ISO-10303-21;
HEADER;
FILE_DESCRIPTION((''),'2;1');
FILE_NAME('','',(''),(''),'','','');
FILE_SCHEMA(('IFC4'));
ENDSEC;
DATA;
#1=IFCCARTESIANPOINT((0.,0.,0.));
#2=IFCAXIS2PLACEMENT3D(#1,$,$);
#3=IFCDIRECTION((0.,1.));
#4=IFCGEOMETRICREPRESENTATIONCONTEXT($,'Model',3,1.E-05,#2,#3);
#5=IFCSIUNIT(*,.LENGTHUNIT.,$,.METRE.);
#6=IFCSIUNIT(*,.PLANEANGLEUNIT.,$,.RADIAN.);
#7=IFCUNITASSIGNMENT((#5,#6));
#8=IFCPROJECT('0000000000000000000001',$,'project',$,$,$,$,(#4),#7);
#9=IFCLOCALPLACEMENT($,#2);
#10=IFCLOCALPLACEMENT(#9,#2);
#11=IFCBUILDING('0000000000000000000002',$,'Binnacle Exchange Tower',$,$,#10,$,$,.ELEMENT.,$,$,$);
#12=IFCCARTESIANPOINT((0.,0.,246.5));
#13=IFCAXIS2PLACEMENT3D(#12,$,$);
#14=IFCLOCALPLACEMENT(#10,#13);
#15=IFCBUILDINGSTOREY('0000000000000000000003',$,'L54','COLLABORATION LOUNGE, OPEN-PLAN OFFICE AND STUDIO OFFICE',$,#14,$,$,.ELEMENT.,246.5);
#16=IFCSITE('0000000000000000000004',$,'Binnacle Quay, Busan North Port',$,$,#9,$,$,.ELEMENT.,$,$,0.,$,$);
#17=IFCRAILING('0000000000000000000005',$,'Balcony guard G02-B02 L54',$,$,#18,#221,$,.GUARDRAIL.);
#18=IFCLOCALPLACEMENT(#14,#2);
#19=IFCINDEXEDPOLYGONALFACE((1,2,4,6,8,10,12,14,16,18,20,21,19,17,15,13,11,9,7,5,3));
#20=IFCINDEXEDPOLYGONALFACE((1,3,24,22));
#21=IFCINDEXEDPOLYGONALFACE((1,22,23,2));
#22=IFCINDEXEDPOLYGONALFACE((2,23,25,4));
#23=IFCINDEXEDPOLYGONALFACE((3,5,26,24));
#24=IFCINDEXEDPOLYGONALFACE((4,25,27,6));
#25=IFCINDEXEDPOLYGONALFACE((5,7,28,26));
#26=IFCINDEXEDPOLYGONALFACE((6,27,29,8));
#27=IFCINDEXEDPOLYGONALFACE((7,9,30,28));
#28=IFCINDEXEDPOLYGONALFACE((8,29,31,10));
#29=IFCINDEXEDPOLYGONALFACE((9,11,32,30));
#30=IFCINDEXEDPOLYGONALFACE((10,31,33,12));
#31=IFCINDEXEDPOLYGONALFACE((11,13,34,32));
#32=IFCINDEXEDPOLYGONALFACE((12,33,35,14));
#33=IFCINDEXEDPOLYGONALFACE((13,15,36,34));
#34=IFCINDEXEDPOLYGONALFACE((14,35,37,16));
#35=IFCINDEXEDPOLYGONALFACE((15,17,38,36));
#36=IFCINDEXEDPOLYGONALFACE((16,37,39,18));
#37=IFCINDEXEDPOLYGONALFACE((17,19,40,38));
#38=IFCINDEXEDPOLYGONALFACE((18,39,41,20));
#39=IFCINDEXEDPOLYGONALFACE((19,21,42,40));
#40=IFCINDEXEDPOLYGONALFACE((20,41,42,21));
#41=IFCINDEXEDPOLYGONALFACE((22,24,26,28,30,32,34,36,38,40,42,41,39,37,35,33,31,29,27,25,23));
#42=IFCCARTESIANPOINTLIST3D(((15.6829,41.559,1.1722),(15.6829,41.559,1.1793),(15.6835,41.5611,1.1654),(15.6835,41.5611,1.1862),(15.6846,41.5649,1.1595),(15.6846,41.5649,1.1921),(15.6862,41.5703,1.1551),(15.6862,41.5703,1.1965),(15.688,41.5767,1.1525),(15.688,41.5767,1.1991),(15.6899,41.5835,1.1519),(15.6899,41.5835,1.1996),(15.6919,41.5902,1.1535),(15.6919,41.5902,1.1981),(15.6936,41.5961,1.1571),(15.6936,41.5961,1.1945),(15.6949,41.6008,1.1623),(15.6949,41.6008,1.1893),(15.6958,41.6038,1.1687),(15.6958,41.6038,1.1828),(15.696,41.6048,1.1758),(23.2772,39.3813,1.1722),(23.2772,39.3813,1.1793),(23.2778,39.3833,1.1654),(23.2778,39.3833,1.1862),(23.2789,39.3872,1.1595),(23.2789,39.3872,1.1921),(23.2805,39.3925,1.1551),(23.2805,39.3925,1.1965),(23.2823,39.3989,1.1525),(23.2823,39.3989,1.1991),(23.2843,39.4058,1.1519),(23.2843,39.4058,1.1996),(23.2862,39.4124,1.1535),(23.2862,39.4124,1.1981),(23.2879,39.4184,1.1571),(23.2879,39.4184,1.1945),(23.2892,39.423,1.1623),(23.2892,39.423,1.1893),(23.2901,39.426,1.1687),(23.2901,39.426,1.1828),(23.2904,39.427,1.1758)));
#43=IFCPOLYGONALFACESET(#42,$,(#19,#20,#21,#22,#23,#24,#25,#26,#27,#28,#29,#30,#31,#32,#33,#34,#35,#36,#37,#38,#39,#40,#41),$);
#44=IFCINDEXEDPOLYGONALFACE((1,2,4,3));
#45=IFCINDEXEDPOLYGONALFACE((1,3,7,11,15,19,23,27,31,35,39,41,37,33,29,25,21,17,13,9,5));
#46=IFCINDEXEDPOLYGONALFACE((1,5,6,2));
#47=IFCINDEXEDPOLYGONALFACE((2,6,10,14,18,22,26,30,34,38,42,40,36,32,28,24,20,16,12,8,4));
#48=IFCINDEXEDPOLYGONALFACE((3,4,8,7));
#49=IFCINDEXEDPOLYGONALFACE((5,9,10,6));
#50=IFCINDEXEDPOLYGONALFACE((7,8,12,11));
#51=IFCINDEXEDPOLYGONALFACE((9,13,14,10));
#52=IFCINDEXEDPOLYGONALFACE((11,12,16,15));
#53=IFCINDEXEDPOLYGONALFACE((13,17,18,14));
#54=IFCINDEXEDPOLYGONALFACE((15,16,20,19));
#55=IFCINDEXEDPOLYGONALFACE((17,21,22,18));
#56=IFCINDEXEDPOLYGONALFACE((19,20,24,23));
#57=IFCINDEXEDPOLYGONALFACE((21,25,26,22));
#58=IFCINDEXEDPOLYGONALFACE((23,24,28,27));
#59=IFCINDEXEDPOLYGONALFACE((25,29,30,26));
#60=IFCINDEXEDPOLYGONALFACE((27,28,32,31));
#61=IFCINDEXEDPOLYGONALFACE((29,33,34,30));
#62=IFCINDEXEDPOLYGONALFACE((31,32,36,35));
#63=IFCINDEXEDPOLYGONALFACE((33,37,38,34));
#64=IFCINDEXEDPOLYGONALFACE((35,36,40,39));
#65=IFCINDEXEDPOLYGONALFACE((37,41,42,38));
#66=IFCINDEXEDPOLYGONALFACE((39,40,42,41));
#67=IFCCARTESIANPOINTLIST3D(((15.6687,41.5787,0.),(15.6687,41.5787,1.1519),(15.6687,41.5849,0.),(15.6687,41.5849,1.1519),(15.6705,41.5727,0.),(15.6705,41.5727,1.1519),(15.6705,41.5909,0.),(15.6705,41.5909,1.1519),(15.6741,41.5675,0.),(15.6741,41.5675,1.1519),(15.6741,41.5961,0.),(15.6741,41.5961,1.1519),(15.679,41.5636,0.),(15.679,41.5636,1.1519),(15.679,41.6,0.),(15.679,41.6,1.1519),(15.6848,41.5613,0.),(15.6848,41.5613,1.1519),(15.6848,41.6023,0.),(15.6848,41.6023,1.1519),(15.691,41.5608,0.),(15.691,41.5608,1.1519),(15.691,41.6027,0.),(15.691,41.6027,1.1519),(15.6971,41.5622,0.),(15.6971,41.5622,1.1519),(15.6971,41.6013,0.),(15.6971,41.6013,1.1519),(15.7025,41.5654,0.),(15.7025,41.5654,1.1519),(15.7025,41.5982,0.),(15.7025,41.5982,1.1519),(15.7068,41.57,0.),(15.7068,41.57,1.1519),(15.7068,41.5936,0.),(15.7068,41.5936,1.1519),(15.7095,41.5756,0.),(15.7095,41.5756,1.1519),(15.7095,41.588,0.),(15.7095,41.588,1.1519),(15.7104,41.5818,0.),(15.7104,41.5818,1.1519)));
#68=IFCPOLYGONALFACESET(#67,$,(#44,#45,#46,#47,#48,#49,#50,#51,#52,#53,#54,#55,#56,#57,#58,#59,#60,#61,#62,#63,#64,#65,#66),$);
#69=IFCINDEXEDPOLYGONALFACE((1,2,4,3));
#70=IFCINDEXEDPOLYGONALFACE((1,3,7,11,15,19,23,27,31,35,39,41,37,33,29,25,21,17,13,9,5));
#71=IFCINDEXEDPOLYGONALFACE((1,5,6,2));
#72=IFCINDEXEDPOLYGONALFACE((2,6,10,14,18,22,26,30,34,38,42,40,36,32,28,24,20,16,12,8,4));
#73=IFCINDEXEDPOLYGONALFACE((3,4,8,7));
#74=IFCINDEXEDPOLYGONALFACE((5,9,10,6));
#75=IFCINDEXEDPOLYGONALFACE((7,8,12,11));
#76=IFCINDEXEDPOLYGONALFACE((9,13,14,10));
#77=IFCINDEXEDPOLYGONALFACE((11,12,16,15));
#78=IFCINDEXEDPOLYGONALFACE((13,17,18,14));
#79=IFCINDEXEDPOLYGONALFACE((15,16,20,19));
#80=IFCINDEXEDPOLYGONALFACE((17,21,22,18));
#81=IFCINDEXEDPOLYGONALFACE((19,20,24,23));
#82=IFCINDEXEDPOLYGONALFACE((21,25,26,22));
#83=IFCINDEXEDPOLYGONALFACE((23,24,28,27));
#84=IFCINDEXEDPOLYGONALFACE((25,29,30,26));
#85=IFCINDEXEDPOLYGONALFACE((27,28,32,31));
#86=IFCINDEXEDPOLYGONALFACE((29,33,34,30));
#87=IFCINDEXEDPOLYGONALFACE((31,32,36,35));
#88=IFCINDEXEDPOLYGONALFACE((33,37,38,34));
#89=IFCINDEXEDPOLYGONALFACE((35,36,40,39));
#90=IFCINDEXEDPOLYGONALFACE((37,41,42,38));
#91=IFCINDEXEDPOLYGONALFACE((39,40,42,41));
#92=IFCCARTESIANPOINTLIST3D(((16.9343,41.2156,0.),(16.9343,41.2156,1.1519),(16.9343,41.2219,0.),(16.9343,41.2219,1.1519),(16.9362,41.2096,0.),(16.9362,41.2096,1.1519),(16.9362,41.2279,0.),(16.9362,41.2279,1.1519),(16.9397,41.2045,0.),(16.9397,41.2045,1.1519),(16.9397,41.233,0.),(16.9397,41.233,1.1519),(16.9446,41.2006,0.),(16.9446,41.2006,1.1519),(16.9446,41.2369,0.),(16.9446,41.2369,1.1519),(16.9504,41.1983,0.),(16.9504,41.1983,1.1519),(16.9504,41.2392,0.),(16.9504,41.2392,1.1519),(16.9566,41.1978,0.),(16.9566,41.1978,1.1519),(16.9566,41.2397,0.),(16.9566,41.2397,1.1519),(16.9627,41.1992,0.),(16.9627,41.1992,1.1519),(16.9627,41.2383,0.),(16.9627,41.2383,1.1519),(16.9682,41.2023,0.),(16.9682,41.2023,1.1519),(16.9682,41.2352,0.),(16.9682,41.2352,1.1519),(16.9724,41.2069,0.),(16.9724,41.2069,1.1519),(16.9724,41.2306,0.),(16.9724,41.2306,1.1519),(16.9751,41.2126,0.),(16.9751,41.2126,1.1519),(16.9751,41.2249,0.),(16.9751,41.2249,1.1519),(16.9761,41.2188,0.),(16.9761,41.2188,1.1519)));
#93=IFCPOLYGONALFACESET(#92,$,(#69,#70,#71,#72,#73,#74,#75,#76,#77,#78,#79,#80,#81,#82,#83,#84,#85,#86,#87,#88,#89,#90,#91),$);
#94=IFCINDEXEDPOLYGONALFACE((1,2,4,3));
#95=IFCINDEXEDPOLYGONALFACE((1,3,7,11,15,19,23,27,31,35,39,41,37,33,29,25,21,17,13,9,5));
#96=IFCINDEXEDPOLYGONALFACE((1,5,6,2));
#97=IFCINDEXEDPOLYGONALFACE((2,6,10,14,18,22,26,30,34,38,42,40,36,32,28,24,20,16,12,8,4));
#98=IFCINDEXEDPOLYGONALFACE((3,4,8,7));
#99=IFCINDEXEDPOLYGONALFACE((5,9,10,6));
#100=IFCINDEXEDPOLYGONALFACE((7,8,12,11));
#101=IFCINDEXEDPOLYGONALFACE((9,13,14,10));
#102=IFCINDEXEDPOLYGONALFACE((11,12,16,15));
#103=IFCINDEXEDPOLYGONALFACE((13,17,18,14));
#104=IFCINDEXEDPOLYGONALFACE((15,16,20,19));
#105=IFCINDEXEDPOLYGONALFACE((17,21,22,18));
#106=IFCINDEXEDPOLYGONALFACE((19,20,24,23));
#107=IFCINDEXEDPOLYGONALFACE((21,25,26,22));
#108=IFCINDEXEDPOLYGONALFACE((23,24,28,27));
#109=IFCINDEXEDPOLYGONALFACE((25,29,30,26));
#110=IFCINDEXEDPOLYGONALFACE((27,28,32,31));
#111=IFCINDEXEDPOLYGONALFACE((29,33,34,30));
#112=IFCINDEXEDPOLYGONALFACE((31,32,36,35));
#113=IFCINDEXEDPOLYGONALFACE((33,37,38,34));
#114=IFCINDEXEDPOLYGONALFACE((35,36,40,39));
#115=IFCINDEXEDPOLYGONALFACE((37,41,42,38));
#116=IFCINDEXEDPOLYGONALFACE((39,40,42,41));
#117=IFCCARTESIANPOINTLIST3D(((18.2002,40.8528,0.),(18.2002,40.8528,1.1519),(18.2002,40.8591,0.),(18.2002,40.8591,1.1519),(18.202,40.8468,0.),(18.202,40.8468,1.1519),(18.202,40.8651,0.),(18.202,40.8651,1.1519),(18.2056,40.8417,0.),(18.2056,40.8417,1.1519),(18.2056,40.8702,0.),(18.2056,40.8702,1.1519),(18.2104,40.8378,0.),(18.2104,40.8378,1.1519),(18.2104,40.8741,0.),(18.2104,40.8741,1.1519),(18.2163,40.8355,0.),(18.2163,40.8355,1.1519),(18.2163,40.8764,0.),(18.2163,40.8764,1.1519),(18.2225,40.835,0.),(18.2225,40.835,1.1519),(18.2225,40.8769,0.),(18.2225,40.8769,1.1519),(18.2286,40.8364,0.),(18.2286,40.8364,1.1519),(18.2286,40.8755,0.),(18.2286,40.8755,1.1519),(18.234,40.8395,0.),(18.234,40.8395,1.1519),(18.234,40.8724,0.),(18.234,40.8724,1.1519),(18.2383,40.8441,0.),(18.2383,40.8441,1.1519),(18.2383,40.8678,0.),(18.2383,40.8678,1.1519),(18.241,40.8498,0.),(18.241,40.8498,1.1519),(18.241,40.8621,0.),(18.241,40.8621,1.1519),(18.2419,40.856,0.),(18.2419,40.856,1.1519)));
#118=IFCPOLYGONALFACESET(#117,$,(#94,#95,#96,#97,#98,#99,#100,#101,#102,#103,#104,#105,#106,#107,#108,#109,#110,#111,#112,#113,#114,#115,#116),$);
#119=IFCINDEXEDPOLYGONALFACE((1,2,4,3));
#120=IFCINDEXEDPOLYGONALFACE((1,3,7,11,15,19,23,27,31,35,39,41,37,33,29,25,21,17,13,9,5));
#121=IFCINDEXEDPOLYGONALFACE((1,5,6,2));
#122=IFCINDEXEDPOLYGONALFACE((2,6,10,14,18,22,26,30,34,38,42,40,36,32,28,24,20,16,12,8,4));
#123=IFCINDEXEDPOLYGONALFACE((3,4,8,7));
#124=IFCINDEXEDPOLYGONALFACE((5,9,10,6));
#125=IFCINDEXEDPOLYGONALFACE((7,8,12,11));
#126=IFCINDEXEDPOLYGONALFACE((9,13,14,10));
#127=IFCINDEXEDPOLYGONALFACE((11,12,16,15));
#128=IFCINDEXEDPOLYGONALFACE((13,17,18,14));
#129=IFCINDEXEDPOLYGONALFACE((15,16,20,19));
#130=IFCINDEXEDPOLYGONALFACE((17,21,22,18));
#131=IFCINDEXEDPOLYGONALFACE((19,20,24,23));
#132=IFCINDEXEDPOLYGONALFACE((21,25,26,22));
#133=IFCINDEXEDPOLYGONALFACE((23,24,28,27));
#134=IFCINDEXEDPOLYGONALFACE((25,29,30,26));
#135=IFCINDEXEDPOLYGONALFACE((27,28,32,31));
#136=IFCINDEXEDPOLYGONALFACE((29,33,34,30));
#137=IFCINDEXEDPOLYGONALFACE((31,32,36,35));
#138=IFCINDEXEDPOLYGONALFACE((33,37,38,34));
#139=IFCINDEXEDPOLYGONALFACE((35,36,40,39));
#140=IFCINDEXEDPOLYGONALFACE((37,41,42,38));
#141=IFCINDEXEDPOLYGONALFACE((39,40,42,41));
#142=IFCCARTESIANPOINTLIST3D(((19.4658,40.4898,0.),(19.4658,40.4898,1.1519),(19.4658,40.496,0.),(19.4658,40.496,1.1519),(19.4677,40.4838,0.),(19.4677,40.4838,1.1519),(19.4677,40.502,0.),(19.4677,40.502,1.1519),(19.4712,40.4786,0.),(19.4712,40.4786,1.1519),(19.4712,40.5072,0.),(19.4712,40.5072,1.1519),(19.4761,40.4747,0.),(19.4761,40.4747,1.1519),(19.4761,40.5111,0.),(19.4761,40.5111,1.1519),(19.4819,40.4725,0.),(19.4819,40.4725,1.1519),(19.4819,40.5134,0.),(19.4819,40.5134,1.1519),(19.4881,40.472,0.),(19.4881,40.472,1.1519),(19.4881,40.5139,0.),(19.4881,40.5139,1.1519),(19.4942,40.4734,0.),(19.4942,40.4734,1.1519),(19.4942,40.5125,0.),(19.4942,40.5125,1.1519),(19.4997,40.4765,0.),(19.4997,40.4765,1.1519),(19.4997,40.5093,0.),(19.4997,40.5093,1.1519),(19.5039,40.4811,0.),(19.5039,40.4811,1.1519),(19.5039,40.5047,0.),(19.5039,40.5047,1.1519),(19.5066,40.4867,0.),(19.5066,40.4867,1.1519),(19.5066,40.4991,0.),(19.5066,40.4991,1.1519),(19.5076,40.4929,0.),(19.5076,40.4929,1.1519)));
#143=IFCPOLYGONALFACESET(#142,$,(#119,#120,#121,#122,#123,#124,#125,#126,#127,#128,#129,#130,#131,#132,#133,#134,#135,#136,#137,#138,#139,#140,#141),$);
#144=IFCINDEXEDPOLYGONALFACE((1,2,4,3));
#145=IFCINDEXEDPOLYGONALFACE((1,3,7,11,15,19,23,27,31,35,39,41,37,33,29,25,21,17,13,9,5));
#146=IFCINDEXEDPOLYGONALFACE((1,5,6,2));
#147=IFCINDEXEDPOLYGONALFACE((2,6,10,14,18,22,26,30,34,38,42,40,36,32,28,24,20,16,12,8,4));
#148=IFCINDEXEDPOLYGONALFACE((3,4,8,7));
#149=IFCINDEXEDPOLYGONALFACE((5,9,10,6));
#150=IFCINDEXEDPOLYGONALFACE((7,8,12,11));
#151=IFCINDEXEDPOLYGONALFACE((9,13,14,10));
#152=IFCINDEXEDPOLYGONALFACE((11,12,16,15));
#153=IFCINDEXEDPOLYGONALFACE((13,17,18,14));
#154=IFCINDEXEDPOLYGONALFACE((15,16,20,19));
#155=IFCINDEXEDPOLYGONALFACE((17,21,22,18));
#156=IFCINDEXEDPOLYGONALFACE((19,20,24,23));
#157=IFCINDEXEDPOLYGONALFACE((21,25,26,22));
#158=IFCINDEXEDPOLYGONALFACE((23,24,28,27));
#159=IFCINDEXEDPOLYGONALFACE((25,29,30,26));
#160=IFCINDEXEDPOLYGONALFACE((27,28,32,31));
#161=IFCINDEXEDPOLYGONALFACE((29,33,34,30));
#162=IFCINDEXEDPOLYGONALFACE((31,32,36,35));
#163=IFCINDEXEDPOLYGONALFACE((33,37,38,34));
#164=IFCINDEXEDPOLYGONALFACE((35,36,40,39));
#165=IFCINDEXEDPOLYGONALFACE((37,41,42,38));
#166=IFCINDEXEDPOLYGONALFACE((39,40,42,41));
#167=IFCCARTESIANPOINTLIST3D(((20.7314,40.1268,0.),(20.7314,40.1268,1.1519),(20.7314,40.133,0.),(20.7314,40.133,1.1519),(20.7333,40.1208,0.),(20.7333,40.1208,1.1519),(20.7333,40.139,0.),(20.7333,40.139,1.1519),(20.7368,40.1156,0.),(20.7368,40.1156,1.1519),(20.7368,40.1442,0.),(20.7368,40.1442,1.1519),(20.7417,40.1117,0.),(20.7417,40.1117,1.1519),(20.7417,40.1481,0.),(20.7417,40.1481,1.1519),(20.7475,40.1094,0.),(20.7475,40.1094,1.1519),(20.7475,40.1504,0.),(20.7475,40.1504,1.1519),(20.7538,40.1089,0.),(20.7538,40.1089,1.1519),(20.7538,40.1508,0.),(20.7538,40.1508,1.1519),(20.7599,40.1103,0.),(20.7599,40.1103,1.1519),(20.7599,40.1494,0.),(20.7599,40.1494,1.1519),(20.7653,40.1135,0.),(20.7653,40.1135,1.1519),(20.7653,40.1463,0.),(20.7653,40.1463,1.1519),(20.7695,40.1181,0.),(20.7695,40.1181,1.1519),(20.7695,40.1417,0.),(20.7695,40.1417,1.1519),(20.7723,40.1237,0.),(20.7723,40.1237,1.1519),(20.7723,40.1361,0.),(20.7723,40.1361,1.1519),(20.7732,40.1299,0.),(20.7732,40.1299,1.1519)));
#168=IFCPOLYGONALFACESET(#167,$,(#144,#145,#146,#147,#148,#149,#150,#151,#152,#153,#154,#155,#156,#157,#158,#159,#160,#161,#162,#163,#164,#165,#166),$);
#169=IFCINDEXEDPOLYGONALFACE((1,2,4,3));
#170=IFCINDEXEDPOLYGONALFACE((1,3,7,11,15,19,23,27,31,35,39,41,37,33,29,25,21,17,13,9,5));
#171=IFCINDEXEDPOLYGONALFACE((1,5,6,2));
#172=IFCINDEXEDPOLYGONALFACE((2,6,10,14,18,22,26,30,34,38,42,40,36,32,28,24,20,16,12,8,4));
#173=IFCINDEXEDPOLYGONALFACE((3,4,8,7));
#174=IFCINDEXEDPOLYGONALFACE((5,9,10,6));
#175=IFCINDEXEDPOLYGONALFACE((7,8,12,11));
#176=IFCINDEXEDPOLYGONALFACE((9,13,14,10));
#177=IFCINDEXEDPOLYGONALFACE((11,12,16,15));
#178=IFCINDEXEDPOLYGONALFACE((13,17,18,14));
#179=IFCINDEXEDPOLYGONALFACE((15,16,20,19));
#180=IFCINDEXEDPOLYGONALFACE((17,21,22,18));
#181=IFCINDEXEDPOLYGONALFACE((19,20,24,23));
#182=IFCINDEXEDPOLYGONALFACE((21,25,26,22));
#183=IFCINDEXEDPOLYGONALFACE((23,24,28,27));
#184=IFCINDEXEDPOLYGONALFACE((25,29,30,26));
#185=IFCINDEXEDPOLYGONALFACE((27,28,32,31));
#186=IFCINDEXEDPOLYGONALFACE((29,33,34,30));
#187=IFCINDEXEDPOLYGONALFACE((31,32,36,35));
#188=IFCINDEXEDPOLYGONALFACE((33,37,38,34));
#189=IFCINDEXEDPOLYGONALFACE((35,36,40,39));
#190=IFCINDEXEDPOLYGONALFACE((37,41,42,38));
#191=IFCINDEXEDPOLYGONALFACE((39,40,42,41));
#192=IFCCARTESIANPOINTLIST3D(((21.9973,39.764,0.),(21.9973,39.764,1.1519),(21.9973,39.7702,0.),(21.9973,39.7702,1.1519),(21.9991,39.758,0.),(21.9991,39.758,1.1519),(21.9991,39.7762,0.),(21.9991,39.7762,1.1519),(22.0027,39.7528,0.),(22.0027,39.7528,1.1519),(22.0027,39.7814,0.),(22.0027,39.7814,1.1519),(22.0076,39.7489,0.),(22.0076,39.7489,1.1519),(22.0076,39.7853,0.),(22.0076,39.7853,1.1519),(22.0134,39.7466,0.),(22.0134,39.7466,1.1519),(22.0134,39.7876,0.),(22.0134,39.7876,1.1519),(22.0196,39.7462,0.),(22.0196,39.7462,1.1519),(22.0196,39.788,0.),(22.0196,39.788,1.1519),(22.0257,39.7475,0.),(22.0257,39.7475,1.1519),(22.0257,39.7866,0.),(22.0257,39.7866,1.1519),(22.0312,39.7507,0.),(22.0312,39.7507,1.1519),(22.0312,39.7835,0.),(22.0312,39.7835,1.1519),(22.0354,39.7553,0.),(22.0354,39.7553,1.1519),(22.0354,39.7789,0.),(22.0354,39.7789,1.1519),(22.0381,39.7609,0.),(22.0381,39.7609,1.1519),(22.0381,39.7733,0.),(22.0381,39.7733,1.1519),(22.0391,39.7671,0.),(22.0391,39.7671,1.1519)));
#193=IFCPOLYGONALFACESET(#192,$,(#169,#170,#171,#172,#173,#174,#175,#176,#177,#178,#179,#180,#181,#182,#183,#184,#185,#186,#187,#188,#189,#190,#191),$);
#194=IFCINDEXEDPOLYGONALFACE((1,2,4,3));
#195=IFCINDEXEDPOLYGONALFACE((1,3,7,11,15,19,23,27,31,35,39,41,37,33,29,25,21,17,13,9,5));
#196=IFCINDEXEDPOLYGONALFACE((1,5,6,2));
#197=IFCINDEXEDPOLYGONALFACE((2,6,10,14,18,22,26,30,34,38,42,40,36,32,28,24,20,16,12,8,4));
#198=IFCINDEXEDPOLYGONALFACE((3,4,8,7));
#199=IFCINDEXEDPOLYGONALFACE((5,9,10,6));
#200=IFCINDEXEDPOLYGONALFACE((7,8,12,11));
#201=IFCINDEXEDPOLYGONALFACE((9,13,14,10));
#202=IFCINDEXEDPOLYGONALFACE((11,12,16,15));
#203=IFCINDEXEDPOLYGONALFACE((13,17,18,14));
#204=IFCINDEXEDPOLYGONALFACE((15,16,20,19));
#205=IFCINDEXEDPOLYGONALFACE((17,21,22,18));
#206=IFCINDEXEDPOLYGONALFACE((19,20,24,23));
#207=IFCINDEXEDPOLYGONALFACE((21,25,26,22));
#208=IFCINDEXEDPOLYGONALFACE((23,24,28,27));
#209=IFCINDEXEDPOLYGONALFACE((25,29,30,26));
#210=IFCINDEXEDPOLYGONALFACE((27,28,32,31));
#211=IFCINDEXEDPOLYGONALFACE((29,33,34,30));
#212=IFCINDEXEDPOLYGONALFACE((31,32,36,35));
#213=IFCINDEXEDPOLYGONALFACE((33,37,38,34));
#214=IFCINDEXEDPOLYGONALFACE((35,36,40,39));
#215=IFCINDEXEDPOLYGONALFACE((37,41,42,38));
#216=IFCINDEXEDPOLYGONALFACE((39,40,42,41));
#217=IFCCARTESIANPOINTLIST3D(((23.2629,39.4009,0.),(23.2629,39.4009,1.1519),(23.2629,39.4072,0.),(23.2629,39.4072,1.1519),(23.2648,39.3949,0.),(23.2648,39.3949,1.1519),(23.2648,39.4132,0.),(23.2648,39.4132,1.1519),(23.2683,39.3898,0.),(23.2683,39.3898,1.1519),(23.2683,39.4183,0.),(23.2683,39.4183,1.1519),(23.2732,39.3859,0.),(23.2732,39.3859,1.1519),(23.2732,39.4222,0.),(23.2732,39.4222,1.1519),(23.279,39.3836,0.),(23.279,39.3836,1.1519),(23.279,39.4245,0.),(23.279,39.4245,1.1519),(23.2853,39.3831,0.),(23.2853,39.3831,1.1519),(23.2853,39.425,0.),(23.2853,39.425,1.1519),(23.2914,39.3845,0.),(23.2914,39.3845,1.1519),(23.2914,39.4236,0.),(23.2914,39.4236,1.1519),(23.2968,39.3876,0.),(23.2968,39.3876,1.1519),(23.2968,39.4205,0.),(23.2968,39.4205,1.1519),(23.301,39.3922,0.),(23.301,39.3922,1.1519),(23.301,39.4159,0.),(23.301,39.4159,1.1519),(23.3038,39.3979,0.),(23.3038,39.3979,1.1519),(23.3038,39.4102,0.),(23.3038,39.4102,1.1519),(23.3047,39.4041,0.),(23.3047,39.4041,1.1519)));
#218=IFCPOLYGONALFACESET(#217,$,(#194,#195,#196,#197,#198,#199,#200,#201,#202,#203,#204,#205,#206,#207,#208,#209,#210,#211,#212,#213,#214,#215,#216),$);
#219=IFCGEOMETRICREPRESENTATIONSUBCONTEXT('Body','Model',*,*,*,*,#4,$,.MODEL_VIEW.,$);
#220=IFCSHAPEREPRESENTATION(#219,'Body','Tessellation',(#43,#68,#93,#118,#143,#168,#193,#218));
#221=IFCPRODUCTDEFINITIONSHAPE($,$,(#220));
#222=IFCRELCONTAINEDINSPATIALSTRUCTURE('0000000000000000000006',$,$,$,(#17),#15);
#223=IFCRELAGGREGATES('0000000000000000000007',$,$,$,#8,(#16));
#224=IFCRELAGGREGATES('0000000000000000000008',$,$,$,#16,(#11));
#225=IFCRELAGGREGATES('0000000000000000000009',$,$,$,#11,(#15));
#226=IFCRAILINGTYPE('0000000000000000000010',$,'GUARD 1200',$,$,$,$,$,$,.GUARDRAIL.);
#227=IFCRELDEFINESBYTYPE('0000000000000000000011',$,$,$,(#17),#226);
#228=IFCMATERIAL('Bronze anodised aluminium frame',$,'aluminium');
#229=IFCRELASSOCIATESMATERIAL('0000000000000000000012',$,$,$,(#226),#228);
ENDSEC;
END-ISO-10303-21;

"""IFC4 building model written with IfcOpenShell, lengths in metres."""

from ifc_helpers import new_model, si_unit, direction, frame, origin, origin_2d, place, context, subcontext, project, spatial, circle, extrude, material, type_object, element, save


model = new_model("IFC4")

# Units and contexts
model_context = context("Model", 3, precision=1e-05, world=origin(), true_north=direction((0.0, 1.0)))
body_context = subcontext(model_context, "Body", "Model", "MODEL_VIEW")
ifc_project = project(units=[si_unit("LENGTHUNIT", "METRE"), si_unit("PLANEANGLEUNIT", "RADIAN")], contexts=[model_context])

# Site, building, storey
site_placement = place(None, origin())
site = spatial("IfcSite", under=ifc_project, at=site_placement, Name="Binnacle Quay, Busan North Port", CompositionType="ELEMENT", RefElevation=0.0)
building_placement = place(site_placement, origin())
building = spatial("IfcBuilding", under=site, at=building_placement, Name="Binnacle Exchange Tower", CompositionType="ELEMENT")
storey_placement = place(building_placement, frame((0.0, 0.0, 246.5)))
storey = spatial("IfcBuildingStorey", under=building, at=storey_placement, Name="L54", Description="COLLABORATION LOUNGE, OPEN-PLAN OFFICE AND STUDIO OFFICE", CompositionType="ELEMENT", Elevation=246.5)

# Shared definitions
ifc_material_1 = material(Name="Bronze anodised aluminium frame", Category="aluminium")

# Railing
railing_type = type_object("IfcRailingType", Name="GUARD 1200", PredefinedType="GUARDRAIL", material=ifc_material_1)
railing_1_placement = place(storey_placement, frame((15.6895, 41.5818, 0.0)))
element("IfcRailing", 1, at=railing_1_placement, inside=storey, type_object=railing_type, Name="Balcony guard G02-B02 L54", PredefinedType="GUARDRAIL", context=body_context, shape_type="SweptSolid", body=[
    extrude(circle(Radius=0.0239, at=origin_2d()), frame((0.0, 0.0, 1.1758), z_axis=(0.961258, -0.275652, 0.0), x_axis=(0.275652, 0.961258, 0.0)), (0.0, 0.0, 1.0), 7.9004),
    extrude(circle(Radius=0.021, at=origin_2d()), origin(), (0.0, 0.0, 1.0), 1.1519),
    extrude(circle(Radius=0.021, at=origin_2d()), frame((1.2656, -0.363, 0.0)), (0.0, 0.0, 1.0), 1.1519),
    extrude(circle(Radius=0.021, at=origin_2d()), frame((2.5315, -0.7258, 0.0)), (0.0, 0.0, 1.0), 1.1519),
    extrude(circle(Radius=0.021, at=origin_2d()), frame((3.7971, -1.0889, 0.0)), (0.0, 0.0, 1.0), 1.1519),
    extrude(circle(Radius=0.021, at=origin_2d()), frame((5.0627, -1.4519, 0.0)), (0.0, 0.0, 1.0), 1.1519),
    extrude(circle(Radius=0.021, at=origin_2d()), frame((6.3286, -1.8147, 0.0)), (0.0, 0.0, 1.0), 1.1519),
    extrude(circle(Radius=0.021, at=origin_2d()), frame((7.5942, -2.1777, 0.0)), (0.0, 0.0, 1.0), 1.1519),
])

save(model, "model.ifc")
